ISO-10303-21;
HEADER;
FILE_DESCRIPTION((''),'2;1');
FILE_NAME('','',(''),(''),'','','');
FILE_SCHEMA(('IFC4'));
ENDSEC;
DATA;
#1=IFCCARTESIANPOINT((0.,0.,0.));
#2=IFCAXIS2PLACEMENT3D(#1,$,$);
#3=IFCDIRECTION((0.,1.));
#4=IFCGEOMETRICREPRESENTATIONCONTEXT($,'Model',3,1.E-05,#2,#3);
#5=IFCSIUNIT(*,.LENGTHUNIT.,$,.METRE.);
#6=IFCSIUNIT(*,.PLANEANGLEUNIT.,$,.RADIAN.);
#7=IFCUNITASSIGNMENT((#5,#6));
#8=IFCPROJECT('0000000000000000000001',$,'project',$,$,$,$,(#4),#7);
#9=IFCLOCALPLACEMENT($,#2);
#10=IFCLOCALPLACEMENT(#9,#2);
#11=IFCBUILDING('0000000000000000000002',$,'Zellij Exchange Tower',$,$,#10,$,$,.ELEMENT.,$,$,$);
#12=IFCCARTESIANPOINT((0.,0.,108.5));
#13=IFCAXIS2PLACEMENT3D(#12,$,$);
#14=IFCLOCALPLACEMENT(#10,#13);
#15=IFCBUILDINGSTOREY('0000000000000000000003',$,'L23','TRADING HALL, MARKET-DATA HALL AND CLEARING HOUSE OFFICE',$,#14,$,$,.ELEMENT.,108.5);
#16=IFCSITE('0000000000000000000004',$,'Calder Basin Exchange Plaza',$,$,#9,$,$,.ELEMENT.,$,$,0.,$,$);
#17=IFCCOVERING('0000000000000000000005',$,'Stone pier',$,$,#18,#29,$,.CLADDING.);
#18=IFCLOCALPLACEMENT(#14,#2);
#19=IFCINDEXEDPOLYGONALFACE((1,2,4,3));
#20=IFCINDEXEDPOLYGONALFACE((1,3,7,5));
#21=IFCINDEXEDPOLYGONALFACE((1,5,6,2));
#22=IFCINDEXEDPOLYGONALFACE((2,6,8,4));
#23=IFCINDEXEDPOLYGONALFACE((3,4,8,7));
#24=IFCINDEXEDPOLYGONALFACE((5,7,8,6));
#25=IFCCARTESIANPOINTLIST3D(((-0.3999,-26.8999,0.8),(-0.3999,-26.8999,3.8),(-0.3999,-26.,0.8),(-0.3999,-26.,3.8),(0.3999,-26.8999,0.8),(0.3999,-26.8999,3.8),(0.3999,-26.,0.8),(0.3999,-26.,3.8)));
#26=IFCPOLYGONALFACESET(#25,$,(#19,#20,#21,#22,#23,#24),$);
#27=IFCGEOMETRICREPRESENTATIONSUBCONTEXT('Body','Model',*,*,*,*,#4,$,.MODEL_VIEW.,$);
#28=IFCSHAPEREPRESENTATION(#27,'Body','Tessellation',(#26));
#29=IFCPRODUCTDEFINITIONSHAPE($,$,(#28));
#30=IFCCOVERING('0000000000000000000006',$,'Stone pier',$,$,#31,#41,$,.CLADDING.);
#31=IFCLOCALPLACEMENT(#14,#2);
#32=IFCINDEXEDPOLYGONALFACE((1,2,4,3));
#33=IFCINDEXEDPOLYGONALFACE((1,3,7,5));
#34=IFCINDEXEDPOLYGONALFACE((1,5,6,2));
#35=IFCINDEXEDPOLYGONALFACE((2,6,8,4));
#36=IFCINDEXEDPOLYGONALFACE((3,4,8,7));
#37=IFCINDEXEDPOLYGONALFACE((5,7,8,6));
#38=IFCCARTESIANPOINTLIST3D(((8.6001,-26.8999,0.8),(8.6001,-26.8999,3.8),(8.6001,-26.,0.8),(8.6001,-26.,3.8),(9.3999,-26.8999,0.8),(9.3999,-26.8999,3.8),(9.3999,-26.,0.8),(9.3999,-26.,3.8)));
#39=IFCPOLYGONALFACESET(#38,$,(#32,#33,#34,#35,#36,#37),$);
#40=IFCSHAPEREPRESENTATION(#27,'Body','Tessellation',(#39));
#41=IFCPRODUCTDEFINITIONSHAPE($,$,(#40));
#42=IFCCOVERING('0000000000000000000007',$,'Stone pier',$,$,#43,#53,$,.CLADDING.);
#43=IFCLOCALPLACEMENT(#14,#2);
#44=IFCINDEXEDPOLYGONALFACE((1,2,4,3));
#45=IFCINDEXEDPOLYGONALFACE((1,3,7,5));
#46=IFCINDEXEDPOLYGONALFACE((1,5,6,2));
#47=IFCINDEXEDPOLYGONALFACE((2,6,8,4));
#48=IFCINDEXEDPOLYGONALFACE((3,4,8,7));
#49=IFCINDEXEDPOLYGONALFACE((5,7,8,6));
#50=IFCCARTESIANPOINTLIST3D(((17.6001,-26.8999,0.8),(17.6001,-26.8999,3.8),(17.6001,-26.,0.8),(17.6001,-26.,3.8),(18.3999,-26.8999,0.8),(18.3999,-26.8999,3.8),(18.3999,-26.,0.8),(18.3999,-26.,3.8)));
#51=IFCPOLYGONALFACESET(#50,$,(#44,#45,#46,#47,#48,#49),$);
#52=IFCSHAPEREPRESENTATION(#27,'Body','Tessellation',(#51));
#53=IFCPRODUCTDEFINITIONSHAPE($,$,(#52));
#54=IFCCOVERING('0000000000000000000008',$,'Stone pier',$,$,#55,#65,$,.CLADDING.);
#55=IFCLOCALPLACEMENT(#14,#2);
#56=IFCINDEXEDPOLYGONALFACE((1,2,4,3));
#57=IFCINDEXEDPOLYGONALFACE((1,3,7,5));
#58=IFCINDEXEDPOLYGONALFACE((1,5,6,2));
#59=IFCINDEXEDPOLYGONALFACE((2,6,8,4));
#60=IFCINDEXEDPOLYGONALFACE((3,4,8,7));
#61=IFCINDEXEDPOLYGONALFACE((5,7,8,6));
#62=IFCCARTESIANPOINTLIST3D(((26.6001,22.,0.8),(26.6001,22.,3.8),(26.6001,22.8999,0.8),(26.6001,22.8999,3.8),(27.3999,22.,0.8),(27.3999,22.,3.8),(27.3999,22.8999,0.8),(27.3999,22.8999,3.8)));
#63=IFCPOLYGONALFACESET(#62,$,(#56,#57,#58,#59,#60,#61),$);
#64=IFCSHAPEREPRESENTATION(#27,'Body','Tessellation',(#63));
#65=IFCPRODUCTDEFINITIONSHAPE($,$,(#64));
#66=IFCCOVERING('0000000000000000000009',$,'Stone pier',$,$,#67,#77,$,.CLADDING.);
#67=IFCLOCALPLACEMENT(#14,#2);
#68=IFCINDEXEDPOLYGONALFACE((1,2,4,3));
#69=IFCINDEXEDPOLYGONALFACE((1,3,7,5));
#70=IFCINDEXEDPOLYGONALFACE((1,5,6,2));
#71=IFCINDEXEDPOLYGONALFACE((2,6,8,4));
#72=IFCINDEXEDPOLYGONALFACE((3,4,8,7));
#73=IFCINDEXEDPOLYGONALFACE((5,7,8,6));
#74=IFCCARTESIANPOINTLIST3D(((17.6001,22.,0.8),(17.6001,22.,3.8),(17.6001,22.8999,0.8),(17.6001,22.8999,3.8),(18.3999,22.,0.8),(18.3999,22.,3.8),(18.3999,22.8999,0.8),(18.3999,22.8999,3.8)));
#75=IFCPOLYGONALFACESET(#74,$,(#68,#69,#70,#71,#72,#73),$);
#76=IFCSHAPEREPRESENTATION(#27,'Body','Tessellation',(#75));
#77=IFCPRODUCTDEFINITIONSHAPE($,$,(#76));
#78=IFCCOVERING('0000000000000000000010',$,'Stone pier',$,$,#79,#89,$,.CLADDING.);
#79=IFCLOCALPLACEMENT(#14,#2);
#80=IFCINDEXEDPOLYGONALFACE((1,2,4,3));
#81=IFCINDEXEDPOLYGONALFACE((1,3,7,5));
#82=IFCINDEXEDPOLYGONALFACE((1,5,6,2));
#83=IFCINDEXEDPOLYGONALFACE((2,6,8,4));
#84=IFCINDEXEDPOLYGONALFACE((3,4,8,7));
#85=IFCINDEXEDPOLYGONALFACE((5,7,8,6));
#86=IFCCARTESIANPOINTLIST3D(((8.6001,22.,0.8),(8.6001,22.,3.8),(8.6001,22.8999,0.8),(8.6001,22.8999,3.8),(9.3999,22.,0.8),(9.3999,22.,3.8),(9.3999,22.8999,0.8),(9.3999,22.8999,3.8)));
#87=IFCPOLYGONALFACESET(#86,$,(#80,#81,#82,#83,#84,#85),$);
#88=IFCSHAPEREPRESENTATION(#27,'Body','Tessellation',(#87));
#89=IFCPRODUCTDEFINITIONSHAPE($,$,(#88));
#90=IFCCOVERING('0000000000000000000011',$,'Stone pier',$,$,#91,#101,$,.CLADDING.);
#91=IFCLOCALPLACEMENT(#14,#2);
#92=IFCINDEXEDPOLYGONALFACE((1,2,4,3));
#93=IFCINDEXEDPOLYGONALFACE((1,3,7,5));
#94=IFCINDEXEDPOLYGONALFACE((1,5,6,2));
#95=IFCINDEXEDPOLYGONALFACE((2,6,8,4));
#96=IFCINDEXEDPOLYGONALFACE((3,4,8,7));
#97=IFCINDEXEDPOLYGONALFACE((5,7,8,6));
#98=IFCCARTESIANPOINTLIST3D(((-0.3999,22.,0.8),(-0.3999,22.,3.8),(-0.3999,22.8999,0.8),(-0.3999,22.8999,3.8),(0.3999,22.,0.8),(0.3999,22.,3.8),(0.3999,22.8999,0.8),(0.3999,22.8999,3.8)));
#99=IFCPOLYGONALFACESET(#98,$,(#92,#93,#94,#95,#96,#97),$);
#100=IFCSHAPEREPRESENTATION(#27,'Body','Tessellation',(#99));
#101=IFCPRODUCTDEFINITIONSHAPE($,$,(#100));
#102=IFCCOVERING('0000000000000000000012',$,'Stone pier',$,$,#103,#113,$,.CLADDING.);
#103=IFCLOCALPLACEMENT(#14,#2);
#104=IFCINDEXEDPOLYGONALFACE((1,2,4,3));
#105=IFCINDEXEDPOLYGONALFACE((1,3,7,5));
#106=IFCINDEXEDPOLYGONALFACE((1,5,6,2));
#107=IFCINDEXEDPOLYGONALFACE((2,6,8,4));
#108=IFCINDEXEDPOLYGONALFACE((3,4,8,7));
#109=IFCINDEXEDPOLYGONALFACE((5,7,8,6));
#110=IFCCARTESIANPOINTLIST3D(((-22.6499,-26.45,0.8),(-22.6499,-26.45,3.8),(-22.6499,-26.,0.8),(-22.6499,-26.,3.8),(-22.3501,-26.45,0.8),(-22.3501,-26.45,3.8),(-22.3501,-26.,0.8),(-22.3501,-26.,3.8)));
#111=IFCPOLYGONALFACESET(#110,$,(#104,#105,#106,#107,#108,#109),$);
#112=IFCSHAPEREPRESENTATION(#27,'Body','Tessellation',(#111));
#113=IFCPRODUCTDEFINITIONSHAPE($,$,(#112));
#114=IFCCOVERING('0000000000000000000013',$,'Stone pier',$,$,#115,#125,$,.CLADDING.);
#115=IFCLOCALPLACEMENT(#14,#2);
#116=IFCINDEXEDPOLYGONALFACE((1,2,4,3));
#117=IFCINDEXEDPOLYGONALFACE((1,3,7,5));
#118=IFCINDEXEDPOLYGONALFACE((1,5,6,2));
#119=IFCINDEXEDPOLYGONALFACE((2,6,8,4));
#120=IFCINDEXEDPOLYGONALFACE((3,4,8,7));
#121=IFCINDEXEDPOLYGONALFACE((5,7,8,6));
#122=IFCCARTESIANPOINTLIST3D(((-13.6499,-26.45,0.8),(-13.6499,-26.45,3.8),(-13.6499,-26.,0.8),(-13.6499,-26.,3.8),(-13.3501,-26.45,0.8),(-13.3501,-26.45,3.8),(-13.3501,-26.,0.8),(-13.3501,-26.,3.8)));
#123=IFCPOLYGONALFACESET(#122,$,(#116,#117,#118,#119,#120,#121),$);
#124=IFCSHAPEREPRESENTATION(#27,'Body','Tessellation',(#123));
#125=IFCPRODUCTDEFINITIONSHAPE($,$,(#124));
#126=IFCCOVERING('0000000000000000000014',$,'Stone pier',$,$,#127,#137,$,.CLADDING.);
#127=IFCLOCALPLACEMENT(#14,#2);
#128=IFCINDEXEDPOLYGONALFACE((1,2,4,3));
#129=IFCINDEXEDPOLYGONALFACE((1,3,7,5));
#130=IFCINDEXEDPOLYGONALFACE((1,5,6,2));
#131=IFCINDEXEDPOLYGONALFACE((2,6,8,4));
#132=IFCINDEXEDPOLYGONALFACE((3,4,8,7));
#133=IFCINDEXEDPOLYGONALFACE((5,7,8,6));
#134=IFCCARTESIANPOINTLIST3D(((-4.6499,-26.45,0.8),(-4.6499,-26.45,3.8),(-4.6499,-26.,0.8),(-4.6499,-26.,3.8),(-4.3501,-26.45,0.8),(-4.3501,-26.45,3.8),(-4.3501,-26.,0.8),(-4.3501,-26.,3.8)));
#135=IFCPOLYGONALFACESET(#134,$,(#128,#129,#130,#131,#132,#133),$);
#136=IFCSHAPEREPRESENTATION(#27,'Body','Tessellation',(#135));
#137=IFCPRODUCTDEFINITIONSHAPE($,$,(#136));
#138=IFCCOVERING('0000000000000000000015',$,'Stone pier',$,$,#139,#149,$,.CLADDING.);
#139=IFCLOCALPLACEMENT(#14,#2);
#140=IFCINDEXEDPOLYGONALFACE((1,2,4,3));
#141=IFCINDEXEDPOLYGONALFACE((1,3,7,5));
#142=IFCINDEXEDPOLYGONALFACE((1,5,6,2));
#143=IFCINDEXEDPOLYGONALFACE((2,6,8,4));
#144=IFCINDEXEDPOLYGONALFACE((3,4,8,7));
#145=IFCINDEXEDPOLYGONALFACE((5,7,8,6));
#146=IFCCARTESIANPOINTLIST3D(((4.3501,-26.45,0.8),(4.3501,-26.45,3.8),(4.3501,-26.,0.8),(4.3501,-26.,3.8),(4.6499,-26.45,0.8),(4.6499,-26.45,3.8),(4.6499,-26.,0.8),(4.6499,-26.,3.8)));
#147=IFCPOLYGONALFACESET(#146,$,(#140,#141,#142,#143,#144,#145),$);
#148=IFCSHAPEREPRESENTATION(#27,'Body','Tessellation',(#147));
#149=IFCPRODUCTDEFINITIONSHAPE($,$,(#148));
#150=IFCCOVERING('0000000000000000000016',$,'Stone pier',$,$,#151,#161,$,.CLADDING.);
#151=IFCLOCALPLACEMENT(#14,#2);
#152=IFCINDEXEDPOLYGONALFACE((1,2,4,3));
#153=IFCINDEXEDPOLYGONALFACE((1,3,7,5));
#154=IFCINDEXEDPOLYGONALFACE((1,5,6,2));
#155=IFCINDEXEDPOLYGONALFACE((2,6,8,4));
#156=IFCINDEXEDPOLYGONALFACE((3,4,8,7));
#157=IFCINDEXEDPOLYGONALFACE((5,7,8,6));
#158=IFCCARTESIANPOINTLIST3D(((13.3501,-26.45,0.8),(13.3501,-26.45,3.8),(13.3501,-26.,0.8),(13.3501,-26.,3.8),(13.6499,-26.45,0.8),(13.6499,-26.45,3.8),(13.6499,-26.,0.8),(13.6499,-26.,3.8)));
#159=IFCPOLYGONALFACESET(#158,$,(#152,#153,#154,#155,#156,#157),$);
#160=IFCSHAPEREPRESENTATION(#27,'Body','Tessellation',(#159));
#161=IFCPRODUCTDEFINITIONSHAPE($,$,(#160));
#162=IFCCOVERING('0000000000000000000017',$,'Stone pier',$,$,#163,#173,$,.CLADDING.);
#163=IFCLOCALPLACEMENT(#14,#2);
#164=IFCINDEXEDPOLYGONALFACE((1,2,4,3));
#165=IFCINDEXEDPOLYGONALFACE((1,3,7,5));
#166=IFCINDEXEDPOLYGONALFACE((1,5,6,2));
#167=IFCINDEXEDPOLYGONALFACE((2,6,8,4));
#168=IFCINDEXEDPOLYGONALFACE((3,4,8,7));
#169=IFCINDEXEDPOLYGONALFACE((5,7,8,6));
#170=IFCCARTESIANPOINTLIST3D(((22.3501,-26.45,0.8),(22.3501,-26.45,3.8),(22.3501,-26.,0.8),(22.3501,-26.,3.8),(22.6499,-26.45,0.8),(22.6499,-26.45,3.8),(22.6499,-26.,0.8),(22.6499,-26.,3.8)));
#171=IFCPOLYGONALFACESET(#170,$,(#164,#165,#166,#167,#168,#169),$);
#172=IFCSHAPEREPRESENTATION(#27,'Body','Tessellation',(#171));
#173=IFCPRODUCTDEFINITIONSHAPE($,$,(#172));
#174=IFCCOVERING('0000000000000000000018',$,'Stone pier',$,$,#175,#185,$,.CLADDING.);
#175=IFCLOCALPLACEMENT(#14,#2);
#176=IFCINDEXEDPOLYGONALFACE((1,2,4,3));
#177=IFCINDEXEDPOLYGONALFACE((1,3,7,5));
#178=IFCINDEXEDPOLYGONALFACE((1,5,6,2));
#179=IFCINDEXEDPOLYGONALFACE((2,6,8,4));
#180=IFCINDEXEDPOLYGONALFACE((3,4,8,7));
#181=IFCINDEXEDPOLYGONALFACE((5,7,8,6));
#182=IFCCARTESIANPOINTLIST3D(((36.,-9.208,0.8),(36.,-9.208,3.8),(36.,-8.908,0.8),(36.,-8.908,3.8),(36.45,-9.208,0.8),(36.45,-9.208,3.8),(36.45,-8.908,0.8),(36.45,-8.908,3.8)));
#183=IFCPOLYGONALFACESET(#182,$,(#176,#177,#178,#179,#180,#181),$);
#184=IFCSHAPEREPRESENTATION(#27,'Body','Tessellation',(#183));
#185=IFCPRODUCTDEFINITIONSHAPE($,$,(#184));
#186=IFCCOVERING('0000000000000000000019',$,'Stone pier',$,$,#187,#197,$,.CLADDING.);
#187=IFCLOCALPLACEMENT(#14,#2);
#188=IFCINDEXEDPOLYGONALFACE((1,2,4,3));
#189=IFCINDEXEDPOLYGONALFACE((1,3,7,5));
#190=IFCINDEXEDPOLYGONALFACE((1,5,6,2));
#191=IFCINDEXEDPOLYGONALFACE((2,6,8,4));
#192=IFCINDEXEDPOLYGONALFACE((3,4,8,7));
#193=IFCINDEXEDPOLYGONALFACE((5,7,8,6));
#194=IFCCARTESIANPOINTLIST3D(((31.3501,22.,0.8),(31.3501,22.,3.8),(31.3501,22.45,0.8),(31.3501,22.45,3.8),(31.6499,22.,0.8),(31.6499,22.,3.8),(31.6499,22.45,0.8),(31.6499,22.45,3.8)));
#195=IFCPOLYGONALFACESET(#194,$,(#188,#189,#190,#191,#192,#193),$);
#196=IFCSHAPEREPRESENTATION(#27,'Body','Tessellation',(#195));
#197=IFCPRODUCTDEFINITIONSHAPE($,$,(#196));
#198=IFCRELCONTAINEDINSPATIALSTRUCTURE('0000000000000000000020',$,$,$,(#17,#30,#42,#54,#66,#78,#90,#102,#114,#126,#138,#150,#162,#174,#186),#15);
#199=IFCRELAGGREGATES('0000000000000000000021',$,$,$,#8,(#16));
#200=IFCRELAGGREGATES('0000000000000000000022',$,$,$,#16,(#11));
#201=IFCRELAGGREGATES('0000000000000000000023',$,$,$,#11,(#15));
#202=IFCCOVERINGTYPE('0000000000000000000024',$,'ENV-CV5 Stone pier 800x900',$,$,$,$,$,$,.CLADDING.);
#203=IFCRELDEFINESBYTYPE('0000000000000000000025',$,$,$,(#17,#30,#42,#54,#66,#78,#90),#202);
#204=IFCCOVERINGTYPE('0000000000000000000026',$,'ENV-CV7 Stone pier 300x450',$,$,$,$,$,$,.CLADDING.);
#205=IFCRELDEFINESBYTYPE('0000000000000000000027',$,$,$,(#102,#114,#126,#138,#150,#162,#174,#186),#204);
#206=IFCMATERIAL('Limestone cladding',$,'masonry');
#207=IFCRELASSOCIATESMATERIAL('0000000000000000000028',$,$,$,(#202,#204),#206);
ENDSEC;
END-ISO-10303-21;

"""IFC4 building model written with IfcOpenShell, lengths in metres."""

from ifc_helpers import new_model, si_unit, direction, frame, origin, place, context, subcontext, project, spatial, polyline, outline, extrude, material, type_object, element, save


model = new_model("IFC4")

# Units and contexts
model_context = context("Model", 3, precision=1e-05, world=origin(), true_north=direction((0.0, 1.0)))
body_context = subcontext(model_context, "Body", "Model", "MODEL_VIEW")
ifc_project = project(units=[si_unit("LENGTHUNIT", "METRE"), si_unit("PLANEANGLEUNIT", "RADIAN")], contexts=[model_context])

# Site, building, storey
site_placement = place(None, origin())
site = spatial("IfcSite", under=ifc_project, at=site_placement, Name="Calder Basin Exchange Plaza", CompositionType="ELEMENT", RefElevation=0.0)
building_placement = place(site_placement, origin())
building = spatial("IfcBuilding", under=site, at=building_placement, Name="Zellij Exchange Tower", CompositionType="ELEMENT")
storey_placement = place(building_placement, frame((0.0, 0.0, 108.5)))
storey = spatial("IfcBuildingStorey", under=building, at=storey_placement, Name="L23", Description="TRADING HALL, MARKET-DATA HALL AND CLEARING HOUSE OFFICE", CompositionType="ELEMENT", Elevation=108.5)

# Coverings
ifc_material_1 = material(Name="Limestone cladding", Category="masonry")
covering_type_1 = type_object("IfcCoveringType", Name="ENV-CV5 Stone pier 800x900", PredefinedType="CLADDING", material=ifc_material_1)
covering_1_placement = place(storey_placement, frame((0.0, 0.0, 0.8)))
element("IfcCovering", 1, at=covering_1_placement, inside=storey, type_object=covering_type_1, Name="Stone pier", PredefinedType="CLADDING", context=body_context, shape_type="SweptSolid", body=[
    extrude(outline(polyline([(-0.3999, -26.0), (0.3999, -26.0), (0.3999, -26.8999), (-0.3999, -26.8999), (-0.3999, -26.0)])), origin(), (0.0, 0.0, 1.0), 3.0),
])
covering_2_placement = place(storey_placement, frame((0.0, 0.0, 0.8)))
element("IfcCovering", 2, at=covering_2_placement, inside=storey, type_object=covering_type_1, Name="Stone pier", PredefinedType="CLADDING", context=body_context, shape_type="SweptSolid", body=[
    extrude(outline(polyline([(8.6001, -26.0), (9.3999, -26.0), (9.3999, -26.8999), (8.6001, -26.8999), (8.6001, -26.0)])), origin(), (0.0, 0.0, 1.0), 3.0),
])
covering_3_placement = place(storey_placement, frame((0.0, 0.0, 0.8)))
element("IfcCovering", 3, at=covering_3_placement, inside=storey, type_object=covering_type_1, Name="Stone pier", PredefinedType="CLADDING", context=body_context, shape_type="SweptSolid", body=[
    extrude(outline(polyline([(17.6001, -26.0), (18.3999, -26.0), (18.3999, -26.8999), (17.6001, -26.8999), (17.6001, -26.0)])), origin(), (0.0, 0.0, 1.0), 3.0),
])
covering_4_placement = place(storey_placement, frame((0.0, 0.0, 0.8)))
element("IfcCovering", 4, at=covering_4_placement, inside=storey, type_object=covering_type_1, Name="Stone pier", PredefinedType="CLADDING", context=body_context, shape_type="SweptSolid", body=[
    extrude(outline(polyline([(27.3999, 22.0), (26.6001, 22.0), (26.6001, 22.8999), (27.3999, 22.8999), (27.3999, 22.0)])), origin(), (0.0, 0.0, 1.0), 3.0),
])
covering_5_placement = place(storey_placement, frame((0.0, 0.0, 0.8)))
element("IfcCovering", 5, at=covering_5_placement, inside=storey, type_object=covering_type_1, Name="Stone pier", PredefinedType="CLADDING", context=body_context, shape_type="SweptSolid", body=[
    extrude(outline(polyline([(18.3999, 22.0), (17.6001, 22.0), (17.6001, 22.8999), (18.3999, 22.8999), (18.3999, 22.0)])), origin(), (0.0, 0.0, 1.0), 3.0),
])
covering_6_placement = place(storey_placement, frame((0.0, 0.0, 0.8)))
element("IfcCovering", 6, at=covering_6_placement, inside=storey, type_object=covering_type_1, Name="Stone pier", PredefinedType="CLADDING", context=body_context, shape_type="SweptSolid", body=[
    extrude(outline(polyline([(9.3999, 22.0), (8.6001, 22.0), (8.6001, 22.8999), (9.3999, 22.8999), (9.3999, 22.0)])), origin(), (0.0, 0.0, 1.0), 3.0),
])
covering_7_placement = place(storey_placement, frame((0.0, 0.0, 0.8)))
element("IfcCovering", 7, at=covering_7_placement, inside=storey, type_object=covering_type_1, Name="Stone pier", PredefinedType="CLADDING", context=body_context, shape_type="SweptSolid", body=[
    extrude(outline(polyline([(0.3999, 22.0), (-0.3999, 22.0), (-0.3999, 22.8999), (0.3999, 22.8999), (0.3999, 22.0)])), origin(), (0.0, 0.0, 1.0), 3.0),
])
covering_type_2 = type_object("IfcCoveringType", Name="ENV-CV7 Stone pier 300x450", PredefinedType="CLADDING", material=ifc_material_1)
covering_8_placement = place(storey_placement, frame((0.0, 0.0, 0.8)))
element("IfcCovering", 8, at=covering_8_placement, inside=storey, type_object=covering_type_2, Name="Stone pier", PredefinedType="CLADDING", context=body_context, shape_type="SweptSolid", body=[
    extrude(outline(polyline([(-22.6499, -26.0), (-22.3501, -26.0), (-22.3501, -26.45), (-22.6499, -26.45), (-22.6499, -26.0)])), origin(), (0.0, 0.0, 1.0), 3.0),
])
covering_9_placement = place(storey_placement, frame((0.0, 0.0, 0.8)))
element("IfcCovering", 9, at=covering_9_placement, inside=storey, type_object=covering_type_2, Name="Stone pier", PredefinedType="CLADDING", context=body_context, shape_type="SweptSolid", body=[
    extrude(outline(polyline([(-13.6499, -26.0), (-13.3501, -26.0), (-13.3501, -26.45), (-13.6499, -26.45), (-13.6499, -26.0)])), origin(), (0.0, 0.0, 1.0), 3.0),
])
covering_10_placement = place(storey_placement, frame((0.0, 0.0, 0.8)))
element("IfcCovering", 10, at=covering_10_placement, inside=storey, type_object=covering_type_2, Name="Stone pier", PredefinedType="CLADDING", context=body_context, shape_type="SweptSolid", body=[
    extrude(outline(polyline([(-4.6499, -26.0), (-4.3501, -26.0), (-4.3501, -26.45), (-4.6499, -26.45), (-4.6499, -26.0)])), origin(), (0.0, 0.0, 1.0), 3.0),
])
covering_11_placement = place(storey_placement, frame((0.0, 0.0, 0.8)))
element("IfcCovering", 11, at=covering_11_placement, inside=storey, type_object=covering_type_2, Name="Stone pier", PredefinedType="CLADDING", context=body_context, shape_type="SweptSolid", body=[
    extrude(outline(polyline([(4.3501, -26.0), (4.6499, -26.0), (4.6499, -26.45), (4.3501, -26.45), (4.3501, -26.0)])), origin(), (0.0, 0.0, 1.0), 3.0),
])
covering_12_placement = place(storey_placement, frame((0.0, 0.0, 0.8)))
element("IfcCovering", 12, at=covering_12_placement, inside=storey, type_object=covering_type_2, Name="Stone pier", PredefinedType="CLADDING", context=body_context, shape_type="SweptSolid", body=[
    extrude(outline(polyline([(13.3501, -26.0), (13.6499, -26.0), (13.6499, -26.45), (13.3501, -26.45), (13.3501, -26.0)])), origin(), (0.0, 0.0, 1.0), 3.0),
])
covering_13_placement = place(storey_placement, frame((0.0, 0.0, 0.8)))
element("IfcCovering", 13, at=covering_13_placement, inside=storey, type_object=covering_type_2, Name="Stone pier", PredefinedType="CLADDING", context=body_context, shape_type="SweptSolid", body=[
    extrude(outline(polyline([(22.3501, -26.0), (22.6499, -26.0), (22.6499, -26.45), (22.3501, -26.45), (22.3501, -26.0)])), origin(), (0.0, 0.0, 1.0), 3.0),
])
covering_14_placement = place(storey_placement, frame((0.0, 0.0, 0.8)))
element("IfcCovering", 14, at=covering_14_placement, inside=storey, type_object=covering_type_2, Name="Stone pier", PredefinedType="CLADDING", context=body_context, shape_type="SweptSolid", body=[
    extrude(outline(polyline([(36.0, -9.208), (36.0, -8.908), (36.45, -8.908), (36.45, -9.208), (36.0, -9.208)])), origin(), (0.0, 0.0, 1.0), 3.0),
])
covering_15_placement = place(storey_placement, frame((0.0, 0.0, 0.8)))
element("IfcCovering", 15, at=covering_15_placement, inside=storey, type_object=covering_type_2, Name="Stone pier", PredefinedType="CLADDING", context=body_context, shape_type="SweptSolid", body=[
    extrude(outline(polyline([(31.6499, 22.0), (31.3501, 22.0), (31.3501, 22.45), (31.6499, 22.45), (31.6499, 22.0)])), origin(), (0.0, 0.0, 1.0), 3.0),
])

save(model, "model.ifc")
